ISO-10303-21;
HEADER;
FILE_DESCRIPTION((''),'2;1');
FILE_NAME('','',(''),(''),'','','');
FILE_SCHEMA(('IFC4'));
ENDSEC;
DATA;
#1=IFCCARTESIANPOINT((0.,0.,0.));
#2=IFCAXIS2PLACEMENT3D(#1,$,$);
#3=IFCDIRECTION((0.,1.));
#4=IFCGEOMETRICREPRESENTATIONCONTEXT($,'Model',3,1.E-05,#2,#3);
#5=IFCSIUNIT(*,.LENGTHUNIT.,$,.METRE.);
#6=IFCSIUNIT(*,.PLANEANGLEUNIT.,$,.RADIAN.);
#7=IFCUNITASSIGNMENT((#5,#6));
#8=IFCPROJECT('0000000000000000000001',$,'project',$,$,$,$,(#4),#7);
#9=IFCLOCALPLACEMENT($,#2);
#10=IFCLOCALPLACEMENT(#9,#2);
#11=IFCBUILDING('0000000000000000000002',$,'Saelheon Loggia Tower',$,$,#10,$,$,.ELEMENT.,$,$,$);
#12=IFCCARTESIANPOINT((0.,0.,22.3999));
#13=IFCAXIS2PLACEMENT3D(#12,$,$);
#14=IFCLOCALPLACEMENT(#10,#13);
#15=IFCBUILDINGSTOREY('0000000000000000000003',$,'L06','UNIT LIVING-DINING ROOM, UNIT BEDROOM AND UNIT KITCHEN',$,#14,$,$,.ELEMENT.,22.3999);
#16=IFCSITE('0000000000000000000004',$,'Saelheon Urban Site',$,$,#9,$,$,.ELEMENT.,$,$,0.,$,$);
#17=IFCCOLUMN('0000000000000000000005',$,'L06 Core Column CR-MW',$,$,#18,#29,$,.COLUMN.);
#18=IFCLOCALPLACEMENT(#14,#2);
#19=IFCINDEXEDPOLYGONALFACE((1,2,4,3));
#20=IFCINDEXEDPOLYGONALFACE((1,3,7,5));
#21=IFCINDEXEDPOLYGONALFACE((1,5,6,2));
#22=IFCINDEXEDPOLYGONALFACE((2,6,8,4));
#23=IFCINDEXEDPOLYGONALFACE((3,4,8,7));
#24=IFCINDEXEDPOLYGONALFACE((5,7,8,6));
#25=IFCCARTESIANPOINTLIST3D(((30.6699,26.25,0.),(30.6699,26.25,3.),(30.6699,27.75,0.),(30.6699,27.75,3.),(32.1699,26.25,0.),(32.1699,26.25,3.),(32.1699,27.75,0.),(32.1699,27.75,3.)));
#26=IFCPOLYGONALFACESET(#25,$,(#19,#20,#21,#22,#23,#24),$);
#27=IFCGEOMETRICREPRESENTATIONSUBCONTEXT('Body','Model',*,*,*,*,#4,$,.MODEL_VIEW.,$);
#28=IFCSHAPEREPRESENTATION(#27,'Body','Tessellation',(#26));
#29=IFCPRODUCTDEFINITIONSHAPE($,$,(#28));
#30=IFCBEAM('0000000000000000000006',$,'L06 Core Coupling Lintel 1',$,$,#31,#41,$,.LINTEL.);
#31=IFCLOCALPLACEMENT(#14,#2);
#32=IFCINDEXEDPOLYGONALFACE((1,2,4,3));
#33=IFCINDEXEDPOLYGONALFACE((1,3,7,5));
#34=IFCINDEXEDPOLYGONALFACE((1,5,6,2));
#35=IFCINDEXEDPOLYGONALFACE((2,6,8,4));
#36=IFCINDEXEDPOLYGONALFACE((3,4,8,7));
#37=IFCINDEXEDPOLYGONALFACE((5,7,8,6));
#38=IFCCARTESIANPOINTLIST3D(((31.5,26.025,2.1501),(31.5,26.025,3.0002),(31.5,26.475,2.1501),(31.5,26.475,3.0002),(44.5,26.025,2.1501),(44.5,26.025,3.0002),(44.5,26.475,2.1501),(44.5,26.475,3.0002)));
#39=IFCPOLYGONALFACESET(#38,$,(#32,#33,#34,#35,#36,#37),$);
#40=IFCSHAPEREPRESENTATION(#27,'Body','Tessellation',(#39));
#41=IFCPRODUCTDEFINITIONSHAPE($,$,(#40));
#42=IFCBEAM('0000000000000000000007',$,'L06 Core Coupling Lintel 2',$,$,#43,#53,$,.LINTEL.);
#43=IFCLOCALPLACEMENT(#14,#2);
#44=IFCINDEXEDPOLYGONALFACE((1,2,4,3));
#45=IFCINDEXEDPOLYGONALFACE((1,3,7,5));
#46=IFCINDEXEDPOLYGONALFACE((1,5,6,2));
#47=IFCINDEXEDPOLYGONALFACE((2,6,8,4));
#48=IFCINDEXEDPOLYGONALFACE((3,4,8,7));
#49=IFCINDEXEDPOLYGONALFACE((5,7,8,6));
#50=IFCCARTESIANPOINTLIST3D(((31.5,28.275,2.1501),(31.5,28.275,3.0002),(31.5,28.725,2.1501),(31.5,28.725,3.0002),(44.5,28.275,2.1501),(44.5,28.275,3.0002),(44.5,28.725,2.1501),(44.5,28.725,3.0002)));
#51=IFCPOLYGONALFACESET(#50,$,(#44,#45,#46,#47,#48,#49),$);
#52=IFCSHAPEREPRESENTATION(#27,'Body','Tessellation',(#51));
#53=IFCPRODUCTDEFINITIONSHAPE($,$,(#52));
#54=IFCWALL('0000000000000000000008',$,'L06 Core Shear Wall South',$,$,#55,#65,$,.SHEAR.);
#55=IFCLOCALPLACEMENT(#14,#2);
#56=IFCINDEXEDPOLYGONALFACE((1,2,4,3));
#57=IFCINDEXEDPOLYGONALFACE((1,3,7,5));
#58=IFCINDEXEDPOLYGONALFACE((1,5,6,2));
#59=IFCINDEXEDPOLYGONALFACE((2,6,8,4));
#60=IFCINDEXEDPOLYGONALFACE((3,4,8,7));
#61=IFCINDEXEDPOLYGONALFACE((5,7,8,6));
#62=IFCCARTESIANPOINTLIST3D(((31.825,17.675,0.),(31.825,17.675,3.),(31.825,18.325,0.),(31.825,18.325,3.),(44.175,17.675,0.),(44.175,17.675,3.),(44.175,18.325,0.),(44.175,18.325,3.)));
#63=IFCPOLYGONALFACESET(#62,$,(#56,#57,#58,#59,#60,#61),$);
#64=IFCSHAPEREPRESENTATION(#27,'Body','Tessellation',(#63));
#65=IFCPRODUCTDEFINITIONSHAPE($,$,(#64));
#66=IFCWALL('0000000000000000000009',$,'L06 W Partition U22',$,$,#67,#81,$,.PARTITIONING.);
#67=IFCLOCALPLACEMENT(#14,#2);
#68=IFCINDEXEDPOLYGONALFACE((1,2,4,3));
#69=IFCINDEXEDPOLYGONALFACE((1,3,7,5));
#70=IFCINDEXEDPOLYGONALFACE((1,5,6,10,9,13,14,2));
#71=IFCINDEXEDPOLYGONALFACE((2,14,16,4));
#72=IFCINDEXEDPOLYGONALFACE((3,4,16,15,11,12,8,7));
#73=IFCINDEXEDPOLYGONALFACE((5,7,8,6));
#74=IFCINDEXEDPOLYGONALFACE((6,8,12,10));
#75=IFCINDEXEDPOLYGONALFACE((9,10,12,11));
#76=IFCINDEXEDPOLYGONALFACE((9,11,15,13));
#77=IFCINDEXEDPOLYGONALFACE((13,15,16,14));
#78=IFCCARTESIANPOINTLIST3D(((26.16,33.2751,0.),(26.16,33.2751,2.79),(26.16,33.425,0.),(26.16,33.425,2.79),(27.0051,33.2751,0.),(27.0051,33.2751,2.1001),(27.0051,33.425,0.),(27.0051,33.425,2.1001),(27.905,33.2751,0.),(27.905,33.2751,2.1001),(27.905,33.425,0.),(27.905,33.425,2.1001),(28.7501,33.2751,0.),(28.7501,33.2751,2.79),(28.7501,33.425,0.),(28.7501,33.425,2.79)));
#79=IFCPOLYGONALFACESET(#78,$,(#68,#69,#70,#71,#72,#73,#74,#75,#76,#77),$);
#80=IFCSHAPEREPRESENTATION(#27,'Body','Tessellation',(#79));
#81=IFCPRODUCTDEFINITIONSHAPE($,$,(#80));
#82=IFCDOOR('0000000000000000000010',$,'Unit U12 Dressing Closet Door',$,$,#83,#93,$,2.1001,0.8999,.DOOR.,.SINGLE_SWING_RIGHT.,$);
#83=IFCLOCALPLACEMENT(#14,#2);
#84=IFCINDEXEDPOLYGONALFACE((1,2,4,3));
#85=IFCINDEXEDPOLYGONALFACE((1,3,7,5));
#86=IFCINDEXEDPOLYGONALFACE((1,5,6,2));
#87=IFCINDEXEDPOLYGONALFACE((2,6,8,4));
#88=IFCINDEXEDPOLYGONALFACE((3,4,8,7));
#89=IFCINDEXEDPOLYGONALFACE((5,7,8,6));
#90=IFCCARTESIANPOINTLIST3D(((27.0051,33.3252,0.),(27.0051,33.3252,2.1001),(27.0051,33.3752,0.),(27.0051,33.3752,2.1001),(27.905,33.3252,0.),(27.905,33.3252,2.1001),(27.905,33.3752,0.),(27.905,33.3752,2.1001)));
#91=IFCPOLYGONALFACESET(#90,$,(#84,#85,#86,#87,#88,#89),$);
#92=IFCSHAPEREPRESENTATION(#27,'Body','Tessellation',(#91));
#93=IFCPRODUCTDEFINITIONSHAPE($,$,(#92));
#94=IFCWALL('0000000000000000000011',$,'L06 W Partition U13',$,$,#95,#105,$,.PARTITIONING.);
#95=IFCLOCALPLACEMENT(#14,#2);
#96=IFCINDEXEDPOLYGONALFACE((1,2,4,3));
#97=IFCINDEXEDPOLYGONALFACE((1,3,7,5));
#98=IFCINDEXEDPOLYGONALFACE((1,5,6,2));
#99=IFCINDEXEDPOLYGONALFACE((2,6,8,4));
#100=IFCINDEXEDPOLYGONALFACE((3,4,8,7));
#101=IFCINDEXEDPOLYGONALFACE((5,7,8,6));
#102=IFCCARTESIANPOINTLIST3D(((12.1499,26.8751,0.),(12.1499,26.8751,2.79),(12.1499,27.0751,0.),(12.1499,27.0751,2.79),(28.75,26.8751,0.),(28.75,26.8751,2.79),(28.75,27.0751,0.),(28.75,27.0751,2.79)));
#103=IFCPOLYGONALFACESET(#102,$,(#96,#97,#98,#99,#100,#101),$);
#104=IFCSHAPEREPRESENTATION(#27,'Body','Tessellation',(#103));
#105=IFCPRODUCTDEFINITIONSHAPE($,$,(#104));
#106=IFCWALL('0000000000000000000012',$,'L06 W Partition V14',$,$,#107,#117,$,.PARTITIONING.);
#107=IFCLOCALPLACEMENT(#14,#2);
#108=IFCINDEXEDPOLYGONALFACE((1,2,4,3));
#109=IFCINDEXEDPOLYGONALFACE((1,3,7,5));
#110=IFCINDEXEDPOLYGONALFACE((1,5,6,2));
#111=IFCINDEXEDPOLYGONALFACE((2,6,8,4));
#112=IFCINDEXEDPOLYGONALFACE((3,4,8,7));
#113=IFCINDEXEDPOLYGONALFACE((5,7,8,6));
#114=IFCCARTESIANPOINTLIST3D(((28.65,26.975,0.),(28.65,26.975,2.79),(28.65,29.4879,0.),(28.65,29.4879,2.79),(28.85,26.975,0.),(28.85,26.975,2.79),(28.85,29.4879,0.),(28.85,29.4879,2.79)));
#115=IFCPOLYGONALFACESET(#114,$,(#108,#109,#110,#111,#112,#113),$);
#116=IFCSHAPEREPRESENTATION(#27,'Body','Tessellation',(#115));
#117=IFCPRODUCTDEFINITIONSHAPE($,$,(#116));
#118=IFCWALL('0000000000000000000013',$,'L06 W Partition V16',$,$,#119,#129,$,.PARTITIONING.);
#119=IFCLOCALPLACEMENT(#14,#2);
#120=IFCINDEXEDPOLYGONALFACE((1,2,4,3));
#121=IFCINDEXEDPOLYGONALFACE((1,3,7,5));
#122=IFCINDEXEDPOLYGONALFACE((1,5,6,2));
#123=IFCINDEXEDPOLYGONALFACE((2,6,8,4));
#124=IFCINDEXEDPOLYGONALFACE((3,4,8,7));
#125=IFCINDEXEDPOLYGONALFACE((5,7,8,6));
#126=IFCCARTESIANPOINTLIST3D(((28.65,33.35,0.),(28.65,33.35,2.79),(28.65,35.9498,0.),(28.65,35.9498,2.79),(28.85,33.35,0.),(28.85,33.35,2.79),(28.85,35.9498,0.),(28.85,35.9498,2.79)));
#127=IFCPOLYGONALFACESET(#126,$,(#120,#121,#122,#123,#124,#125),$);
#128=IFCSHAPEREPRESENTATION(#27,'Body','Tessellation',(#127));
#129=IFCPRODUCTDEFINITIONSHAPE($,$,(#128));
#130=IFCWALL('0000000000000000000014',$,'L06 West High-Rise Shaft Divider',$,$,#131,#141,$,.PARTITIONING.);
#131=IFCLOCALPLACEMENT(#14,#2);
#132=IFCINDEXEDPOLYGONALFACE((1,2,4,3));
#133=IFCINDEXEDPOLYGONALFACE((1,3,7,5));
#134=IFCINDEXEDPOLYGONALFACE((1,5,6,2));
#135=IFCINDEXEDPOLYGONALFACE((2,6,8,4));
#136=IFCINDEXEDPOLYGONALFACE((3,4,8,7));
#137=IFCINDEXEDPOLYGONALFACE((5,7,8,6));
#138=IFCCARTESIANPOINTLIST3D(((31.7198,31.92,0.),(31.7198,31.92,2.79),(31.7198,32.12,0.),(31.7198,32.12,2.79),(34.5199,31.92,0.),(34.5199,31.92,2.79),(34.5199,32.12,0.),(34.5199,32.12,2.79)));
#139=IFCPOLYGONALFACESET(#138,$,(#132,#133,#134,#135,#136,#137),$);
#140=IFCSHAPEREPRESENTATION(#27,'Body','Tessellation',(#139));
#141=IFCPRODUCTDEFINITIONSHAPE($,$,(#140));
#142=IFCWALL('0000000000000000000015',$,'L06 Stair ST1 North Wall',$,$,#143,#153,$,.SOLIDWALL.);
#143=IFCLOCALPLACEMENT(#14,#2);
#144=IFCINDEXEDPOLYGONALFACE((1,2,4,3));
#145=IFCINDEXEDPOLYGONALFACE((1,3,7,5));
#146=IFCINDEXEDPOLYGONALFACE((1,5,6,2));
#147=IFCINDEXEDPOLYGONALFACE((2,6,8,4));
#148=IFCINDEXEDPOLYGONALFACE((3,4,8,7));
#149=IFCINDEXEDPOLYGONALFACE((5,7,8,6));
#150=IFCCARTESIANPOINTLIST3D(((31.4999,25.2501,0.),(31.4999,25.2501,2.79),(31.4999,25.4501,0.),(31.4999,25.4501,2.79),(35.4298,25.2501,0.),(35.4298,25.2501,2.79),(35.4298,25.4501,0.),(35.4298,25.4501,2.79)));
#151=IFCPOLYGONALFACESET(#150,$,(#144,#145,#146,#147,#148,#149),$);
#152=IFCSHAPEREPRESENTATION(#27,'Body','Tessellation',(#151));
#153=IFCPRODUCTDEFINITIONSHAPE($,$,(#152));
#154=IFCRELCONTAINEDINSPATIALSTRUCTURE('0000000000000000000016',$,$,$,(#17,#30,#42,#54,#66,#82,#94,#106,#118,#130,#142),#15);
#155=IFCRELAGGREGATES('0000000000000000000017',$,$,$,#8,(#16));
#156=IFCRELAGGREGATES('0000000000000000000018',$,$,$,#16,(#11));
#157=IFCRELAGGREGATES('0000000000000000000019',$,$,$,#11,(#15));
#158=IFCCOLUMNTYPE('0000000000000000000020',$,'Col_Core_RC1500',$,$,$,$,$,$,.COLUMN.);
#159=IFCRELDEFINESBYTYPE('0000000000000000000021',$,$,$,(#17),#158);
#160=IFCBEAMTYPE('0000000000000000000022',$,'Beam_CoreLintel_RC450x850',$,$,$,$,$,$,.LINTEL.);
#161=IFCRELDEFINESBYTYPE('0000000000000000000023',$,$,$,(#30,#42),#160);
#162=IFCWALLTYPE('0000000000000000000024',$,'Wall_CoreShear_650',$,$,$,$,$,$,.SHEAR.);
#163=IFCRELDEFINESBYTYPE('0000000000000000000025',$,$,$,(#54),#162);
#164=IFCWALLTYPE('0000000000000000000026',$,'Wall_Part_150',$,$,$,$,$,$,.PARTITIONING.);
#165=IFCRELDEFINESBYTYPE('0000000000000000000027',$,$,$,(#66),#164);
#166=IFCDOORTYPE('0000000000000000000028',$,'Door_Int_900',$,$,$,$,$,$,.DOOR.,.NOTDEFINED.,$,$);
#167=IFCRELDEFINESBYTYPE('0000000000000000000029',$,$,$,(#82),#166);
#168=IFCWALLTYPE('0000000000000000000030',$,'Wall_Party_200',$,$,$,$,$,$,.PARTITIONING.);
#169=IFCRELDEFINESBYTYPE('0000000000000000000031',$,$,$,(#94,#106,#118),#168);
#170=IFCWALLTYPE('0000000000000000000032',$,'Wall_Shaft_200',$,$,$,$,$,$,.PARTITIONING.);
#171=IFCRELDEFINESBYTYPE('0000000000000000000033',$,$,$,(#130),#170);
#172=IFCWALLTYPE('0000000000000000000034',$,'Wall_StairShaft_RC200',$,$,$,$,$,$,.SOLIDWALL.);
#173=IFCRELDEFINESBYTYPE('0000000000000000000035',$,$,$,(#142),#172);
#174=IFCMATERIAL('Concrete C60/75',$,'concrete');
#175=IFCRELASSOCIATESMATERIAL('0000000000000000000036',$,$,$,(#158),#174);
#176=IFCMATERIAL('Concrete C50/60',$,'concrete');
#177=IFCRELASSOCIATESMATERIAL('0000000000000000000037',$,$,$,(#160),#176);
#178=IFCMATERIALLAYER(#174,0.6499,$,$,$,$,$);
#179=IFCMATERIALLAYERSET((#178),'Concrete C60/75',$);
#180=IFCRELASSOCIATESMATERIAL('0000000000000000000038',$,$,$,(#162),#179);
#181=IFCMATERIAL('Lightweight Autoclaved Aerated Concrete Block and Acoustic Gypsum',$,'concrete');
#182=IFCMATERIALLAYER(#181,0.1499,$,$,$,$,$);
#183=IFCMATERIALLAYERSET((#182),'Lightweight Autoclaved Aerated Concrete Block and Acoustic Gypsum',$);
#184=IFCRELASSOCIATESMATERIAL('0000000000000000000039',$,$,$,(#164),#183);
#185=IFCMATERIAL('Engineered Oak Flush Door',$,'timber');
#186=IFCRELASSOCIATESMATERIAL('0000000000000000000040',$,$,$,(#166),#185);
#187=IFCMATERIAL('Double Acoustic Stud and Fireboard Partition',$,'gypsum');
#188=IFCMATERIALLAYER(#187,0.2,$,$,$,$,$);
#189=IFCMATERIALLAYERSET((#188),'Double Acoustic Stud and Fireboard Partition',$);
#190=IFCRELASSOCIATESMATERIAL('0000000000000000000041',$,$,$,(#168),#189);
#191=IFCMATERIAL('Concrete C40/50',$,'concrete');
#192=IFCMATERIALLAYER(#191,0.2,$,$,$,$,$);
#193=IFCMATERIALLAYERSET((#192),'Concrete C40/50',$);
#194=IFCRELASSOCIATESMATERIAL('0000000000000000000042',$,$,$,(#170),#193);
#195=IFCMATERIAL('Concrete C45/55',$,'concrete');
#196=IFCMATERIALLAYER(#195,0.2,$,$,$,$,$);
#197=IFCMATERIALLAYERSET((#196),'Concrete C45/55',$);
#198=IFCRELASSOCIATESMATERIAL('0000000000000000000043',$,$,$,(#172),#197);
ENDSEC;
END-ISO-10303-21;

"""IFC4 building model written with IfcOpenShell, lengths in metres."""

from ifc_helpers import new_model, si_unit, direction, frame, frame_2d, origin, origin_2d, place, context, subcontext, project, spatial, rectangle, extrude, source, transform, mapped, material, layer, layer_set, material_profile, profile_set, type_object, element, fill, save


model = new_model("IFC4")

# Units and contexts
model_context = context("Model", 3, precision=1e-05, world=origin(), true_north=direction((0.0, 1.0)))
body_context = subcontext(model_context, "Body", "Model", "MODEL_VIEW")
ifc_project = project(units=[si_unit("LENGTHUNIT", "METRE"), si_unit("PLANEANGLEUNIT", "RADIAN")], contexts=[model_context])

# Site, building, storey
site_placement = place(None, origin())
site = spatial("IfcSite", under=ifc_project, at=site_placement, Name="Saelheon Urban Site", CompositionType="ELEMENT", RefElevation=0.0)
building_placement = place(site_placement, origin())
building = spatial("IfcBuilding", under=site, at=building_placement, Name="Saelheon Loggia Tower", CompositionType="ELEMENT")
storey_placement = place(building_placement, frame((0.0, 0.0, 22.3999)))
storey = spatial("IfcBuildingStorey", under=building, at=storey_placement, Name="L06", Description="UNIT LIVING-DINING ROOM, UNIT BEDROOM AND UNIT KITCHEN", CompositionType="ELEMENT", Elevation=22.3999)

# Column
ifc_material_1 = material(Name="Concrete C60/75", Category="concrete")
ifc_material_profile_1 = material_profile(ifc_material_1, rectangle(XDim=1.5, YDim=1.5, at=origin_2d()), Name="RC-1500x1500")
ifc_profile_set_1 = profile_set([ifc_material_profile_1], Name="Concrete C60/75")
column_type = type_object("IfcColumnType", Name="Col_Core_RC1500", PredefinedType="COLUMN", material=ifc_profile_set_1)
shared_shape_1 = source(origin(), body_context, "Body", "SweptSolid", [
    extrude(rectangle(XDim=1.5, YDim=1.5, at=origin_2d()), origin(), (0.0, 0.0, 1.0), 3.0),
])
column_placement = place(storey_placement, frame((31.4199, 27.0, 0.0), z_axis=(0.0, 0.0, 1.0), x_axis=(1.0, 0.0, 0.0)))
element("IfcColumn", 1, at=column_placement, inside=storey, type_object=column_type, Name="L06 Core Column CR-MW", PredefinedType="COLUMN", context=body_context, shape_type="MappedRepresentation", body=[
    mapped(shared_shape_1, transform((0.0, 0.0, 0.0), scale=1.0)),
])

# Beams
ifc_material_2 = material(Name="Concrete C50/60", Category="concrete")
ifc_material_profile_2 = material_profile(ifc_material_2, rectangle(XDim=0.45, YDim=0.8501, at=origin_2d()), Name="RC-450x850")
ifc_profile_set_2 = profile_set([ifc_material_profile_2], Name="Concrete C50/60")
beam_type = type_object("IfcBeamType", Name="Beam_CoreLintel_RC450x850", PredefinedType="LINTEL", material=ifc_profile_set_2)
shared_shape_2 = source(origin(), body_context, "Body", "SweptSolid", [
    extrude(rectangle(XDim=0.45, YDim=0.8501, at=origin_2d()), origin(), (0.0, 0.0, 1.0), 13.0),
])
for number, where, z_axis, x_axis, name in (
    (2, (31.5, 26.25, 2.5752), (1.0, 0.0, 0.0), (0.0, 1.0, 0.0), "L06 Core Coupling Lintel 1"),
    (3, (31.5, 28.5, 2.5752), (1.0, 0.0, 0.0), (0.0, 1.0, 0.0), "L06 Core Coupling Lintel 2"),
):
    element("IfcBeam", number, at=place(storey_placement, frame(where, z_axis=z_axis, x_axis=x_axis)), inside=storey, type_object=beam_type, Name=name, PredefinedType="LINTEL", context=body_context, shape_type="MappedRepresentation", body=[
        mapped(shared_shape_2, transform((0.0, 0.0, 0.0), scale=1.0)),
    ])

# Wall
ifc_layer_1 = layer(ifc_material_1, 0.6499)
ifc_layer_set_1 = layer_set([ifc_layer_1], Name="Concrete C60/75")
wall_type_1 = type_object("IfcWallType", Name="Wall_CoreShear_650", PredefinedType="SHEAR", material=ifc_layer_set_1)
wall_1_placement = place(storey_placement, frame((31.825, 18.0, 0.0), z_axis=(0.0, 0.0, 1.0), x_axis=(1.0, 0.0, 0.0)))
element("IfcWall", 4, at=wall_1_placement, inside=storey, type_object=wall_type_1, Name="L06 Core Shear Wall South", PredefinedType="SHEAR", context=body_context, shape_type="SweptSolid", body=[
    extrude(rectangle(XDim=12.3501, YDim=0.6499, at=frame_2d((6.175, 0.0))), origin(), (0.0, 0.0, 1.0), 3.0),
])

# Wall, opening, door
ifc_material_3 = material(Name="Lightweight Autoclaved Aerated Concrete Block and Acoustic Gypsum", Category="concrete")
ifc_layer_2 = layer(ifc_material_3, 0.1499)
ifc_layer_set_2 = layer_set([ifc_layer_2], Name="Lightweight Autoclaved Aerated Concrete Block and Acoustic Gypsum")
wall_type_2 = type_object("IfcWallType", Name="Wall_Part_150", PredefinedType="PARTITIONING", material=ifc_layer_set_2)
wall_2_placement = place(storey_placement, frame((28.75, 33.3501, 0.0), z_axis=(0.0, 0.0, 1.0), x_axis=(-1.0, 0.0, 0.0)))
wall_2 = element("IfcWall", 5, at=wall_2_placement, inside=storey, type_object=wall_type_2, Name="L06 W Partition U22", PredefinedType="PARTITIONING", context=body_context, shape_type="SweptSolid", body=[
    extrude(rectangle(XDim=2.5901, YDim=0.1499, at=frame_2d((1.2949, 0.0))), origin(), (0.0, 0.0, 1.0), 2.79),
])
opening_1_placement = place(wall_2_placement, frame((0.845, 0.0, 0.0)))
opening_1 = element("IfcOpeningElement", 6, at=opening_1_placement, cuts=wall_2, PredefinedType="OPENING", context=body_context, shape_type="SweptSolid", body=[
    extrude(rectangle(XDim=0.8999, YDim=2.1001, at=frame_2d((0.45, 1.05))), frame((0.0, 0.0869, 0.0), z_axis=(0.0, -1.0, 0.0), x_axis=(1.0, 0.0, 0.0)), (0.0, 0.0, 1.0), 0.1738),
])
ifc_material_4 = material(Name="Engineered Oak Flush Door", Category="timber")
door_type_1 = type_object("IfcDoorType", Name="Door_Int_900", OperationType="NOTDEFINED", PredefinedType="DOOR", material=ifc_material_4)
shared_shape_3 = source(origin(), body_context, "Body", "SweptSolid", [
    extrude(rectangle(XDim=0.8999, YDim=2.1001, at=frame_2d((0.45, 1.05))), frame((0.0, 0.0249, 0.0), z_axis=(0.0, -1.0, 0.0), x_axis=(1.0, 0.0, 0.0)), (0.0, 0.0, 1.0), 0.05),
])
door_1_placement = place(opening_1_placement, origin())
door_1 = element("IfcDoor", 7, at=door_1_placement, inside=storey, type_object=door_type_1, Name="Unit U12 Dressing Closet Door", OperationType="SINGLE_SWING_RIGHT", OverallHeight=2.1001, OverallWidth=0.8999, PredefinedType="DOOR", context=body_context, shape_type="MappedRepresentation", body=[
    mapped(shared_shape_3, transform((0.0, 0.0, 0.0), scale=1.0)),
])
fill(opening_1, door_1)

# Walls
ifc_material_5 = material(Name="Double Acoustic Stud and Fireboard Partition", Category="gypsum")
ifc_layer_3 = layer(ifc_material_5, 0.2)
ifc_layer_set_3 = layer_set([ifc_layer_3], Name="Double Acoustic Stud and Fireboard Partition")
wall_type_3 = type_object("IfcWallType", Name="Wall_Party_200", PredefinedType="PARTITIONING", material=ifc_layer_set_3)
wall_3_placement = place(storey_placement, frame((28.75, 26.9751, 0.0), z_axis=(0.0, 0.0, 1.0), x_axis=(-1.0, 0.0, 0.0)))
element("IfcWall", 8, at=wall_3_placement, inside=storey, type_object=wall_type_3, Name="L06 W Partition U13", PredefinedType="PARTITIONING", context=body_context, shape_type="SweptSolid", body=[
    extrude(rectangle(XDim=16.6001, YDim=0.2, at=frame_2d((8.3, 0.0))), origin(), (0.0, 0.0, 1.0), 2.79),
])
wall_4_placement = place(storey_placement, frame((28.75, 26.9751, 0.0), z_axis=(0.0, 0.0, 1.0), x_axis=(0.0, 1.0, 0.0)))
element("IfcWall", 9, at=wall_4_placement, inside=storey, type_object=wall_type_3, Name="L06 W Partition V14", PredefinedType="PARTITIONING", context=body_context, shape_type="SweptSolid", body=[
    extrude(rectangle(XDim=2.5129, YDim=0.2, at=frame_2d((1.2563, 0.0))), origin(), (0.0, 0.0, 1.0), 2.79),
])

# Walls
wall_5_placement = place(storey_placement, frame((28.75, 33.3501, 0.0), z_axis=(0.0, 0.0, 1.0), x_axis=(0.0, 1.0, 0.0)))
element("IfcWall", 10, at=wall_5_placement, inside=storey, type_object=wall_type_3, Name="L06 W Partition V16", PredefinedType="PARTITIONING", context=body_context, shape_type="SweptSolid", body=[
    extrude(rectangle(XDim=2.5999, YDim=0.2, at=frame_2d((1.2998, 0.0))), origin(), (0.0, 0.0, 1.0), 2.79),
])
ifc_material_6 = material(Name="Concrete C40/50", Category="concrete")
ifc_layer_4 = layer(ifc_material_6, 0.2)
ifc_layer_set_4 = layer_set([ifc_layer_4], Name="Concrete C40/50")
wall_type_4 = type_object("IfcWallType", Name="Wall_Shaft_200", PredefinedType="PARTITIONING", material=ifc_layer_set_4)
wall_6_placement = place(storey_placement, frame((31.72, 32.02, 0.0), z_axis=(0.0, 0.0, 1.0), x_axis=(1.0, 0.0, 0.0)))
element("IfcWall", 11, at=wall_6_placement, inside=storey, type_object=wall_type_4, Name="L06 West High-Rise Shaft Divider", PredefinedType="PARTITIONING", context=body_context, shape_type="SweptSolid", body=[
    extrude(rectangle(XDim=2.8, YDim=0.2, at=frame_2d((1.3999, 0.0))), origin(), (0.0, 0.0, 1.0), 2.79),
])
ifc_material_7 = material(Name="Concrete C45/55", Category="concrete")
ifc_layer_5 = layer(ifc_material_7, 0.2)
ifc_layer_set_5 = layer_set([ifc_layer_5], Name="Concrete C45/55")
wall_type_5 = type_object("IfcWallType", Name="Wall_StairShaft_RC200", PredefinedType="SOLIDWALL", material=ifc_layer_set_5)
wall_7_placement = place(storey_placement, frame((31.5, 25.3501, 0.0), z_axis=(0.0, 0.0, 1.0), x_axis=(1.0, 0.0, 0.0)))
element("IfcWall", 12, at=wall_7_placement, inside=storey, type_object=wall_type_5, Name="L06 Stair ST1 North Wall", PredefinedType="SOLIDWALL", context=body_context, shape_type="SweptSolid", body=[
    extrude(rectangle(XDim=3.9299, YDim=0.2, at=frame_2d((1.9648, 0.0))), origin(), (0.0, 0.0, 1.0), 2.79),
])

save(model, "model.ifc")
